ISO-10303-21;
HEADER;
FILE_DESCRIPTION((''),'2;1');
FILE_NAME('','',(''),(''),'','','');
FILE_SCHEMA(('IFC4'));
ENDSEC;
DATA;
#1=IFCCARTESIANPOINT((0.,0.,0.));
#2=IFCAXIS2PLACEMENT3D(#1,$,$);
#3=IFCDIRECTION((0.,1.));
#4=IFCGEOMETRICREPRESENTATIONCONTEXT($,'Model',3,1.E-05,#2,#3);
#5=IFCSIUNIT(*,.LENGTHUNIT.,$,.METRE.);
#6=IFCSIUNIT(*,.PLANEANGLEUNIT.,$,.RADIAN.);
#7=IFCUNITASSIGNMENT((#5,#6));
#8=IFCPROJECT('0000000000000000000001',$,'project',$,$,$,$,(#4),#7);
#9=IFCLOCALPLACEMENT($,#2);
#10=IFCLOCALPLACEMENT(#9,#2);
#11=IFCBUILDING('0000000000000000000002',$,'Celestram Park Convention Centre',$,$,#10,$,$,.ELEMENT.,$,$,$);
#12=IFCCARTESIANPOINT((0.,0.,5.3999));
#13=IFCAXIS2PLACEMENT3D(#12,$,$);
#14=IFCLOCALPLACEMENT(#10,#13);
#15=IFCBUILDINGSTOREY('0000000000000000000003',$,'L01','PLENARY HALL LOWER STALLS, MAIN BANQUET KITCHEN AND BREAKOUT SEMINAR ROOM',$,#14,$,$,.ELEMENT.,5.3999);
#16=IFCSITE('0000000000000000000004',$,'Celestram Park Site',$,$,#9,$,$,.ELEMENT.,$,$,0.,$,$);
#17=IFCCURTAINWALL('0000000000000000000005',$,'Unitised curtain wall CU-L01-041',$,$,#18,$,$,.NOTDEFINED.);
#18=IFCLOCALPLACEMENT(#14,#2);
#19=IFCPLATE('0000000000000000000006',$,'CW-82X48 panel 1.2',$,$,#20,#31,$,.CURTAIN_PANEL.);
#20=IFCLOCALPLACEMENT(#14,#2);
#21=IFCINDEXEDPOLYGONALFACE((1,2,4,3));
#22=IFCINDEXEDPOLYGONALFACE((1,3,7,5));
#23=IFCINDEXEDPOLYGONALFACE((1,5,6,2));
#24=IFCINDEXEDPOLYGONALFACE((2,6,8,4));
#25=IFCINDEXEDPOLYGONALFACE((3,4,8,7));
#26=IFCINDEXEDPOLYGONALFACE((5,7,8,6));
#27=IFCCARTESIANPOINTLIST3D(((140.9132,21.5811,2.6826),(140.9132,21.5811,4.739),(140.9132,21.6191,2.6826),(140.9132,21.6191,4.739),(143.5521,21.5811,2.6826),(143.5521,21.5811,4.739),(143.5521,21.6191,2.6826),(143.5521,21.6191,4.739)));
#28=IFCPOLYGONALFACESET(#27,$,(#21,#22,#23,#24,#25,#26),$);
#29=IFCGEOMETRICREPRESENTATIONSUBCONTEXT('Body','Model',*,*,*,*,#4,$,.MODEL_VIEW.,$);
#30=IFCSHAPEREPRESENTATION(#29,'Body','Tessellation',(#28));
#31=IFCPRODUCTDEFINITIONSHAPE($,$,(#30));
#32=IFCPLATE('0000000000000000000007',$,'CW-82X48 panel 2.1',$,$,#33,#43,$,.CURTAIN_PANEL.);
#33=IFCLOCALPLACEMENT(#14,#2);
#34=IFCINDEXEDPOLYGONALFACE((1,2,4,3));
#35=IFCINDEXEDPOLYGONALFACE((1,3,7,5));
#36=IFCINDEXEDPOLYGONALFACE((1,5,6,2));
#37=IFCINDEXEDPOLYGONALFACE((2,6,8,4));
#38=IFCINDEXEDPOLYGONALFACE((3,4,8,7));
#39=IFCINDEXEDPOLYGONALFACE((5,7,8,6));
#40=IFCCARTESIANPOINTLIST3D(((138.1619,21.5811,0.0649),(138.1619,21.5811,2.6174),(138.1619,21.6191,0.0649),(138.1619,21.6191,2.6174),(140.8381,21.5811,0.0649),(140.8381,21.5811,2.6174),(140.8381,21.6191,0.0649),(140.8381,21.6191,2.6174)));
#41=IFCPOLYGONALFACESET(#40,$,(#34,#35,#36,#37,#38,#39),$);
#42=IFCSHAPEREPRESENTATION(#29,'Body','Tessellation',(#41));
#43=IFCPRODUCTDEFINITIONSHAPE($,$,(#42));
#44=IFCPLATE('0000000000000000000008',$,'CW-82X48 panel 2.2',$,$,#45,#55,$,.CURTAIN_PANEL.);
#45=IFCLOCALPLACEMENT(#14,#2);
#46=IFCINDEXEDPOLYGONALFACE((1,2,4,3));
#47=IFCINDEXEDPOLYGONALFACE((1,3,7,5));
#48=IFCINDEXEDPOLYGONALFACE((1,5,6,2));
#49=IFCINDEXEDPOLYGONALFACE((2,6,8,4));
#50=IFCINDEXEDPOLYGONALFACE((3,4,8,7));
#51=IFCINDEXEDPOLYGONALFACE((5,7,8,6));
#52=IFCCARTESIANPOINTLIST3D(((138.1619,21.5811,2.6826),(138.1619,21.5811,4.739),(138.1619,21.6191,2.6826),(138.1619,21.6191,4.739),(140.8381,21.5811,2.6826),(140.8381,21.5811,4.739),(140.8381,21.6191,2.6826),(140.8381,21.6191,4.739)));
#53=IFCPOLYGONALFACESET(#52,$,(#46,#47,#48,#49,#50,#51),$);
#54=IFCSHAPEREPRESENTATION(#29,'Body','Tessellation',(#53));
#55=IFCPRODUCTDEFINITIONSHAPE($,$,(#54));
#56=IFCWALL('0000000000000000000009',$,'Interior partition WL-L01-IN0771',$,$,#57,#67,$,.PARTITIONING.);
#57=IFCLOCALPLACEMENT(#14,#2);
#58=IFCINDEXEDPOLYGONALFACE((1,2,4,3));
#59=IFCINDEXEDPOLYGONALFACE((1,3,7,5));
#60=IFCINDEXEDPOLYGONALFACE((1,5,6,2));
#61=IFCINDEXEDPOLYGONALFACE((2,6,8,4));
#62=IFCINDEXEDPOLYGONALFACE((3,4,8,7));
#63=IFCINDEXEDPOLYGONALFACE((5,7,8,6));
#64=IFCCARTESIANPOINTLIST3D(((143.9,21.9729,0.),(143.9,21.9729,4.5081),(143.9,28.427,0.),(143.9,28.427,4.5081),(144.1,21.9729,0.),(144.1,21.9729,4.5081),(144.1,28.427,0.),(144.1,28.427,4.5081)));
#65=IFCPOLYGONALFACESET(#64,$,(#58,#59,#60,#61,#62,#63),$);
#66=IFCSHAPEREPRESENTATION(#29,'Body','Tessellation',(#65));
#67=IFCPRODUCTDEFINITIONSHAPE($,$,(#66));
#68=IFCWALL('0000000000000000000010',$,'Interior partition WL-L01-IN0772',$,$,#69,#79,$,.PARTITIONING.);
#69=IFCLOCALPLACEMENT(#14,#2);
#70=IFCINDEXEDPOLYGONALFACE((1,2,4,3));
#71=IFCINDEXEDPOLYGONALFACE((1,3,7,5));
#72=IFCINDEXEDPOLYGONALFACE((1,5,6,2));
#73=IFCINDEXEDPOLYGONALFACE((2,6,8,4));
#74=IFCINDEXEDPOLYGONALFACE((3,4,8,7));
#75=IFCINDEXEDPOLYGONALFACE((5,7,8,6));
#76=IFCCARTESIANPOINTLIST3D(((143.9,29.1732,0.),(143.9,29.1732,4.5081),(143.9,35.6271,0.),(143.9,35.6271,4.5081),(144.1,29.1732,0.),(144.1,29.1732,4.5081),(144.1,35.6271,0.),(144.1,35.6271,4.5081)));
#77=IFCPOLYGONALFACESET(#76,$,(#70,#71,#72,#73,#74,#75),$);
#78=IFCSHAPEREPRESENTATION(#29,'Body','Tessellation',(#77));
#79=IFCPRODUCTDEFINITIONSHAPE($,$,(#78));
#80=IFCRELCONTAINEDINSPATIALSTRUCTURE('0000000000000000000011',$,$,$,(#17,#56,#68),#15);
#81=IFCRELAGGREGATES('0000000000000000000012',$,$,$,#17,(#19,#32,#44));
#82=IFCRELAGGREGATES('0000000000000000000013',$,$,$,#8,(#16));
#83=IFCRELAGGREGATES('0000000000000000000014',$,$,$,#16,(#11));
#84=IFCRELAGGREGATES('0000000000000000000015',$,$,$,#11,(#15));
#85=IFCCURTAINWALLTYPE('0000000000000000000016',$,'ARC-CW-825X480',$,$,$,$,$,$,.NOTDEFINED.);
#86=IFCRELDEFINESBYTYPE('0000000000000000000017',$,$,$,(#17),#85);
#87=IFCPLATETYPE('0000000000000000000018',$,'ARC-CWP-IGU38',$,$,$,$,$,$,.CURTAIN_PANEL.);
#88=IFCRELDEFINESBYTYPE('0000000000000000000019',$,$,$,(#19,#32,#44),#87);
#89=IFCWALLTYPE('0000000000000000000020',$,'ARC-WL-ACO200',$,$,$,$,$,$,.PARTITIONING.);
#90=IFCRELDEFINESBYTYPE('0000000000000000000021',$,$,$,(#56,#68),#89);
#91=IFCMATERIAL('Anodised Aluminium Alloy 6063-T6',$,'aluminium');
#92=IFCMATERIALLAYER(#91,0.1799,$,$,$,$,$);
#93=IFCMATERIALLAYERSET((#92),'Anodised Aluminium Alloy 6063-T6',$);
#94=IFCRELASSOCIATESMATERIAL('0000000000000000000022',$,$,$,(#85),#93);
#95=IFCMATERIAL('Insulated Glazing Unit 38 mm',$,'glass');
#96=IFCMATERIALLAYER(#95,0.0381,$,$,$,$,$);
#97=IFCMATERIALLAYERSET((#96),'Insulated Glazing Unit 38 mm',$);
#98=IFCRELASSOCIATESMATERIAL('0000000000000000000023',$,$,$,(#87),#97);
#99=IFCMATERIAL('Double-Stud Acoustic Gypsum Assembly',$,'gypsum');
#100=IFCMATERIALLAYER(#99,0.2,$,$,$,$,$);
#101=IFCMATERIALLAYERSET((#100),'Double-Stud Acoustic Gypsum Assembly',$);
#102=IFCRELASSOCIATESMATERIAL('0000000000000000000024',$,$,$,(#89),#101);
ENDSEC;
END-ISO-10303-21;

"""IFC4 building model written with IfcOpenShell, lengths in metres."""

from ifc_helpers import new_model, si_unit, direction, frame, frame_2d, origin, origin_2d, place, context, subcontext, project, spatial, rectangle, extrude, material, layer, layer_set, type_object, element, aggregate, save


model = new_model("IFC4")

# Units and contexts
model_context = context("Model", 3, precision=1e-05, world=origin(), true_north=direction((0.0, 1.0)))
body_context = subcontext(model_context, "Body", "Model", "MODEL_VIEW")
ifc_project = project(units=[si_unit("LENGTHUNIT", "METRE"), si_unit("PLANEANGLEUNIT", "RADIAN")], contexts=[model_context])

# Site, building, storey
site_placement = place(None, origin())
site = spatial("IfcSite", under=ifc_project, at=site_placement, Name="Celestram Park Site", CompositionType="ELEMENT", RefElevation=0.0)
building_placement = place(site_placement, origin())
building = spatial("IfcBuilding", under=site, at=building_placement, Name="Celestram Park Convention Centre", CompositionType="ELEMENT")
storey_placement = place(building_placement, frame((0.0, 0.0, 5.3999)))
storey = spatial("IfcBuildingStorey", under=building, at=storey_placement, Name="L01", Description="PLENARY HALL LOWER STALLS, MAIN BANQUET KITCHEN AND BREAKOUT SEMINAR ROOM", CompositionType="ELEMENT", Elevation=5.3999)

# Shared definitions
ifc_material_1 = material(Name="Anodised Aluminium Alloy 6063-T6", Category="aluminium")

# Curtain wall
ifc_layer_1 = layer(ifc_material_1, 0.1799)
ifc_layer_set_1 = layer_set([ifc_layer_1], Name="Anodised Aluminium Alloy 6063-T6")
curtain_wall_type_1 = type_object("IfcCurtainWallType", Name="ARC-CW-825X480", PredefinedType="NOTDEFINED", material=ifc_layer_set_1)
curtain_wall_1_placement = place(storey_placement, origin())
curtain_wall_1 = element("IfcCurtainWall", 1, at=curtain_wall_1_placement, inside=storey, type_object=curtain_wall_type_1, Name="Unitised curtain wall CU-L01-041", PredefinedType="NOTDEFINED")

# Plates
ifc_material_2 = material(Name="Insulated Glazing Unit 38 mm", Category="glass")
ifc_layer_2 = layer(ifc_material_2, 0.0381)
ifc_layer_set_2 = layer_set([ifc_layer_2], Name="Insulated Glazing Unit 38 mm")
plate_type_1 = type_object("IfcPlateType", Name="ARC-CWP-IGU38", PredefinedType="CURTAIN_PANEL", material=ifc_layer_set_2)
plate_1_placement = place(storey_placement, frame((142.2327, 21.6001, 2.6826), z_axis=(0.0, 0.0, 1.0), x_axis=(-1.0, 0.0, 0.0)))
plate_1 = element("IfcPlate", 2, at=plate_1_placement, type_object=plate_type_1, Name="CW-82X48 panel 1.2", PredefinedType="CURTAIN_PANEL", context=body_context, shape_type="SweptSolid", body=[
    extrude(rectangle(XDim=2.6389, YDim=0.0381, at=origin_2d()), origin(), (0.0, 0.0, 1.0), 2.0564),
])
plate_2_placement = place(storey_placement, frame((139.5, 21.6001, 0.0649), z_axis=(0.0, 0.0, 1.0), x_axis=(-1.0, 0.0, 0.0)))
plate_2 = element("IfcPlate", 3, at=plate_2_placement, type_object=plate_type_1, Name="CW-82X48 panel 2.1", PredefinedType="CURTAIN_PANEL", context=body_context, shape_type="SweptSolid", body=[
    extrude(rectangle(XDim=2.6763, YDim=0.0381, at=origin_2d()), origin(), (0.0, 0.0, 1.0), 2.5525),
])
plate_3_placement = place(storey_placement, frame((139.5, 21.6001, 2.6826), z_axis=(0.0, 0.0, 1.0), x_axis=(-1.0, 0.0, 0.0)))
plate_3 = element("IfcPlate", 4, at=plate_3_placement, type_object=plate_type_1, Name="CW-82X48 panel 2.2", PredefinedType="CURTAIN_PANEL", context=body_context, shape_type="SweptSolid", body=[
    extrude(rectangle(XDim=2.6763, YDim=0.0381, at=origin_2d()), origin(), (0.0, 0.0, 1.0), 2.0564),
])
aggregate(curtain_wall_1, [plate_1, plate_2, plate_3])

# Walls
ifc_material_3 = material(Name="Double-Stud Acoustic Gypsum Assembly", Category="gypsum")
ifc_layer_3 = layer(ifc_material_3, 0.2)
ifc_layer_set_3 = layer_set([ifc_layer_3], Name="Double-Stud Acoustic Gypsum Assembly")
wall_type = type_object("IfcWallType", Name="ARC-WL-ACO200", PredefinedType="PARTITIONING", material=ifc_layer_set_3)
wall_1_placement = place(storey_placement, frame((144.0, 21.9729, 0.0), z_axis=(0.0, 0.0, 1.0), x_axis=(0.0, 1.0, 0.0)))
element("IfcWall", 5, at=wall_1_placement, inside=storey, type_object=wall_type, Name="Interior partition WL-L01-IN0771", PredefinedType="PARTITIONING", context=body_context, shape_type="SweptSolid", body=[
    extrude(rectangle(XDim=6.4541, YDim=0.2, at=frame_2d((3.2271, 0.0))), origin(), (0.0, 0.0, 1.0), 4.5081),
])
wall_2_placement = place(storey_placement, frame((144.0, 29.1731, 0.0), z_axis=(0.0, 0.0, 1.0), x_axis=(0.0, 1.0, 0.0)))
element("IfcWall", 6, at=wall_2_placement, inside=storey, type_object=wall_type, Name="Interior partition WL-L01-IN0772", PredefinedType="PARTITIONING", context=body_context, shape_type="SweptSolid", body=[
    extrude(rectangle(XDim=6.4539, YDim=0.2, at=frame_2d((3.2271, 0.0))), origin(), (0.0, 0.0, 1.0), 4.5081),
])

save(model, "model.ifc")
